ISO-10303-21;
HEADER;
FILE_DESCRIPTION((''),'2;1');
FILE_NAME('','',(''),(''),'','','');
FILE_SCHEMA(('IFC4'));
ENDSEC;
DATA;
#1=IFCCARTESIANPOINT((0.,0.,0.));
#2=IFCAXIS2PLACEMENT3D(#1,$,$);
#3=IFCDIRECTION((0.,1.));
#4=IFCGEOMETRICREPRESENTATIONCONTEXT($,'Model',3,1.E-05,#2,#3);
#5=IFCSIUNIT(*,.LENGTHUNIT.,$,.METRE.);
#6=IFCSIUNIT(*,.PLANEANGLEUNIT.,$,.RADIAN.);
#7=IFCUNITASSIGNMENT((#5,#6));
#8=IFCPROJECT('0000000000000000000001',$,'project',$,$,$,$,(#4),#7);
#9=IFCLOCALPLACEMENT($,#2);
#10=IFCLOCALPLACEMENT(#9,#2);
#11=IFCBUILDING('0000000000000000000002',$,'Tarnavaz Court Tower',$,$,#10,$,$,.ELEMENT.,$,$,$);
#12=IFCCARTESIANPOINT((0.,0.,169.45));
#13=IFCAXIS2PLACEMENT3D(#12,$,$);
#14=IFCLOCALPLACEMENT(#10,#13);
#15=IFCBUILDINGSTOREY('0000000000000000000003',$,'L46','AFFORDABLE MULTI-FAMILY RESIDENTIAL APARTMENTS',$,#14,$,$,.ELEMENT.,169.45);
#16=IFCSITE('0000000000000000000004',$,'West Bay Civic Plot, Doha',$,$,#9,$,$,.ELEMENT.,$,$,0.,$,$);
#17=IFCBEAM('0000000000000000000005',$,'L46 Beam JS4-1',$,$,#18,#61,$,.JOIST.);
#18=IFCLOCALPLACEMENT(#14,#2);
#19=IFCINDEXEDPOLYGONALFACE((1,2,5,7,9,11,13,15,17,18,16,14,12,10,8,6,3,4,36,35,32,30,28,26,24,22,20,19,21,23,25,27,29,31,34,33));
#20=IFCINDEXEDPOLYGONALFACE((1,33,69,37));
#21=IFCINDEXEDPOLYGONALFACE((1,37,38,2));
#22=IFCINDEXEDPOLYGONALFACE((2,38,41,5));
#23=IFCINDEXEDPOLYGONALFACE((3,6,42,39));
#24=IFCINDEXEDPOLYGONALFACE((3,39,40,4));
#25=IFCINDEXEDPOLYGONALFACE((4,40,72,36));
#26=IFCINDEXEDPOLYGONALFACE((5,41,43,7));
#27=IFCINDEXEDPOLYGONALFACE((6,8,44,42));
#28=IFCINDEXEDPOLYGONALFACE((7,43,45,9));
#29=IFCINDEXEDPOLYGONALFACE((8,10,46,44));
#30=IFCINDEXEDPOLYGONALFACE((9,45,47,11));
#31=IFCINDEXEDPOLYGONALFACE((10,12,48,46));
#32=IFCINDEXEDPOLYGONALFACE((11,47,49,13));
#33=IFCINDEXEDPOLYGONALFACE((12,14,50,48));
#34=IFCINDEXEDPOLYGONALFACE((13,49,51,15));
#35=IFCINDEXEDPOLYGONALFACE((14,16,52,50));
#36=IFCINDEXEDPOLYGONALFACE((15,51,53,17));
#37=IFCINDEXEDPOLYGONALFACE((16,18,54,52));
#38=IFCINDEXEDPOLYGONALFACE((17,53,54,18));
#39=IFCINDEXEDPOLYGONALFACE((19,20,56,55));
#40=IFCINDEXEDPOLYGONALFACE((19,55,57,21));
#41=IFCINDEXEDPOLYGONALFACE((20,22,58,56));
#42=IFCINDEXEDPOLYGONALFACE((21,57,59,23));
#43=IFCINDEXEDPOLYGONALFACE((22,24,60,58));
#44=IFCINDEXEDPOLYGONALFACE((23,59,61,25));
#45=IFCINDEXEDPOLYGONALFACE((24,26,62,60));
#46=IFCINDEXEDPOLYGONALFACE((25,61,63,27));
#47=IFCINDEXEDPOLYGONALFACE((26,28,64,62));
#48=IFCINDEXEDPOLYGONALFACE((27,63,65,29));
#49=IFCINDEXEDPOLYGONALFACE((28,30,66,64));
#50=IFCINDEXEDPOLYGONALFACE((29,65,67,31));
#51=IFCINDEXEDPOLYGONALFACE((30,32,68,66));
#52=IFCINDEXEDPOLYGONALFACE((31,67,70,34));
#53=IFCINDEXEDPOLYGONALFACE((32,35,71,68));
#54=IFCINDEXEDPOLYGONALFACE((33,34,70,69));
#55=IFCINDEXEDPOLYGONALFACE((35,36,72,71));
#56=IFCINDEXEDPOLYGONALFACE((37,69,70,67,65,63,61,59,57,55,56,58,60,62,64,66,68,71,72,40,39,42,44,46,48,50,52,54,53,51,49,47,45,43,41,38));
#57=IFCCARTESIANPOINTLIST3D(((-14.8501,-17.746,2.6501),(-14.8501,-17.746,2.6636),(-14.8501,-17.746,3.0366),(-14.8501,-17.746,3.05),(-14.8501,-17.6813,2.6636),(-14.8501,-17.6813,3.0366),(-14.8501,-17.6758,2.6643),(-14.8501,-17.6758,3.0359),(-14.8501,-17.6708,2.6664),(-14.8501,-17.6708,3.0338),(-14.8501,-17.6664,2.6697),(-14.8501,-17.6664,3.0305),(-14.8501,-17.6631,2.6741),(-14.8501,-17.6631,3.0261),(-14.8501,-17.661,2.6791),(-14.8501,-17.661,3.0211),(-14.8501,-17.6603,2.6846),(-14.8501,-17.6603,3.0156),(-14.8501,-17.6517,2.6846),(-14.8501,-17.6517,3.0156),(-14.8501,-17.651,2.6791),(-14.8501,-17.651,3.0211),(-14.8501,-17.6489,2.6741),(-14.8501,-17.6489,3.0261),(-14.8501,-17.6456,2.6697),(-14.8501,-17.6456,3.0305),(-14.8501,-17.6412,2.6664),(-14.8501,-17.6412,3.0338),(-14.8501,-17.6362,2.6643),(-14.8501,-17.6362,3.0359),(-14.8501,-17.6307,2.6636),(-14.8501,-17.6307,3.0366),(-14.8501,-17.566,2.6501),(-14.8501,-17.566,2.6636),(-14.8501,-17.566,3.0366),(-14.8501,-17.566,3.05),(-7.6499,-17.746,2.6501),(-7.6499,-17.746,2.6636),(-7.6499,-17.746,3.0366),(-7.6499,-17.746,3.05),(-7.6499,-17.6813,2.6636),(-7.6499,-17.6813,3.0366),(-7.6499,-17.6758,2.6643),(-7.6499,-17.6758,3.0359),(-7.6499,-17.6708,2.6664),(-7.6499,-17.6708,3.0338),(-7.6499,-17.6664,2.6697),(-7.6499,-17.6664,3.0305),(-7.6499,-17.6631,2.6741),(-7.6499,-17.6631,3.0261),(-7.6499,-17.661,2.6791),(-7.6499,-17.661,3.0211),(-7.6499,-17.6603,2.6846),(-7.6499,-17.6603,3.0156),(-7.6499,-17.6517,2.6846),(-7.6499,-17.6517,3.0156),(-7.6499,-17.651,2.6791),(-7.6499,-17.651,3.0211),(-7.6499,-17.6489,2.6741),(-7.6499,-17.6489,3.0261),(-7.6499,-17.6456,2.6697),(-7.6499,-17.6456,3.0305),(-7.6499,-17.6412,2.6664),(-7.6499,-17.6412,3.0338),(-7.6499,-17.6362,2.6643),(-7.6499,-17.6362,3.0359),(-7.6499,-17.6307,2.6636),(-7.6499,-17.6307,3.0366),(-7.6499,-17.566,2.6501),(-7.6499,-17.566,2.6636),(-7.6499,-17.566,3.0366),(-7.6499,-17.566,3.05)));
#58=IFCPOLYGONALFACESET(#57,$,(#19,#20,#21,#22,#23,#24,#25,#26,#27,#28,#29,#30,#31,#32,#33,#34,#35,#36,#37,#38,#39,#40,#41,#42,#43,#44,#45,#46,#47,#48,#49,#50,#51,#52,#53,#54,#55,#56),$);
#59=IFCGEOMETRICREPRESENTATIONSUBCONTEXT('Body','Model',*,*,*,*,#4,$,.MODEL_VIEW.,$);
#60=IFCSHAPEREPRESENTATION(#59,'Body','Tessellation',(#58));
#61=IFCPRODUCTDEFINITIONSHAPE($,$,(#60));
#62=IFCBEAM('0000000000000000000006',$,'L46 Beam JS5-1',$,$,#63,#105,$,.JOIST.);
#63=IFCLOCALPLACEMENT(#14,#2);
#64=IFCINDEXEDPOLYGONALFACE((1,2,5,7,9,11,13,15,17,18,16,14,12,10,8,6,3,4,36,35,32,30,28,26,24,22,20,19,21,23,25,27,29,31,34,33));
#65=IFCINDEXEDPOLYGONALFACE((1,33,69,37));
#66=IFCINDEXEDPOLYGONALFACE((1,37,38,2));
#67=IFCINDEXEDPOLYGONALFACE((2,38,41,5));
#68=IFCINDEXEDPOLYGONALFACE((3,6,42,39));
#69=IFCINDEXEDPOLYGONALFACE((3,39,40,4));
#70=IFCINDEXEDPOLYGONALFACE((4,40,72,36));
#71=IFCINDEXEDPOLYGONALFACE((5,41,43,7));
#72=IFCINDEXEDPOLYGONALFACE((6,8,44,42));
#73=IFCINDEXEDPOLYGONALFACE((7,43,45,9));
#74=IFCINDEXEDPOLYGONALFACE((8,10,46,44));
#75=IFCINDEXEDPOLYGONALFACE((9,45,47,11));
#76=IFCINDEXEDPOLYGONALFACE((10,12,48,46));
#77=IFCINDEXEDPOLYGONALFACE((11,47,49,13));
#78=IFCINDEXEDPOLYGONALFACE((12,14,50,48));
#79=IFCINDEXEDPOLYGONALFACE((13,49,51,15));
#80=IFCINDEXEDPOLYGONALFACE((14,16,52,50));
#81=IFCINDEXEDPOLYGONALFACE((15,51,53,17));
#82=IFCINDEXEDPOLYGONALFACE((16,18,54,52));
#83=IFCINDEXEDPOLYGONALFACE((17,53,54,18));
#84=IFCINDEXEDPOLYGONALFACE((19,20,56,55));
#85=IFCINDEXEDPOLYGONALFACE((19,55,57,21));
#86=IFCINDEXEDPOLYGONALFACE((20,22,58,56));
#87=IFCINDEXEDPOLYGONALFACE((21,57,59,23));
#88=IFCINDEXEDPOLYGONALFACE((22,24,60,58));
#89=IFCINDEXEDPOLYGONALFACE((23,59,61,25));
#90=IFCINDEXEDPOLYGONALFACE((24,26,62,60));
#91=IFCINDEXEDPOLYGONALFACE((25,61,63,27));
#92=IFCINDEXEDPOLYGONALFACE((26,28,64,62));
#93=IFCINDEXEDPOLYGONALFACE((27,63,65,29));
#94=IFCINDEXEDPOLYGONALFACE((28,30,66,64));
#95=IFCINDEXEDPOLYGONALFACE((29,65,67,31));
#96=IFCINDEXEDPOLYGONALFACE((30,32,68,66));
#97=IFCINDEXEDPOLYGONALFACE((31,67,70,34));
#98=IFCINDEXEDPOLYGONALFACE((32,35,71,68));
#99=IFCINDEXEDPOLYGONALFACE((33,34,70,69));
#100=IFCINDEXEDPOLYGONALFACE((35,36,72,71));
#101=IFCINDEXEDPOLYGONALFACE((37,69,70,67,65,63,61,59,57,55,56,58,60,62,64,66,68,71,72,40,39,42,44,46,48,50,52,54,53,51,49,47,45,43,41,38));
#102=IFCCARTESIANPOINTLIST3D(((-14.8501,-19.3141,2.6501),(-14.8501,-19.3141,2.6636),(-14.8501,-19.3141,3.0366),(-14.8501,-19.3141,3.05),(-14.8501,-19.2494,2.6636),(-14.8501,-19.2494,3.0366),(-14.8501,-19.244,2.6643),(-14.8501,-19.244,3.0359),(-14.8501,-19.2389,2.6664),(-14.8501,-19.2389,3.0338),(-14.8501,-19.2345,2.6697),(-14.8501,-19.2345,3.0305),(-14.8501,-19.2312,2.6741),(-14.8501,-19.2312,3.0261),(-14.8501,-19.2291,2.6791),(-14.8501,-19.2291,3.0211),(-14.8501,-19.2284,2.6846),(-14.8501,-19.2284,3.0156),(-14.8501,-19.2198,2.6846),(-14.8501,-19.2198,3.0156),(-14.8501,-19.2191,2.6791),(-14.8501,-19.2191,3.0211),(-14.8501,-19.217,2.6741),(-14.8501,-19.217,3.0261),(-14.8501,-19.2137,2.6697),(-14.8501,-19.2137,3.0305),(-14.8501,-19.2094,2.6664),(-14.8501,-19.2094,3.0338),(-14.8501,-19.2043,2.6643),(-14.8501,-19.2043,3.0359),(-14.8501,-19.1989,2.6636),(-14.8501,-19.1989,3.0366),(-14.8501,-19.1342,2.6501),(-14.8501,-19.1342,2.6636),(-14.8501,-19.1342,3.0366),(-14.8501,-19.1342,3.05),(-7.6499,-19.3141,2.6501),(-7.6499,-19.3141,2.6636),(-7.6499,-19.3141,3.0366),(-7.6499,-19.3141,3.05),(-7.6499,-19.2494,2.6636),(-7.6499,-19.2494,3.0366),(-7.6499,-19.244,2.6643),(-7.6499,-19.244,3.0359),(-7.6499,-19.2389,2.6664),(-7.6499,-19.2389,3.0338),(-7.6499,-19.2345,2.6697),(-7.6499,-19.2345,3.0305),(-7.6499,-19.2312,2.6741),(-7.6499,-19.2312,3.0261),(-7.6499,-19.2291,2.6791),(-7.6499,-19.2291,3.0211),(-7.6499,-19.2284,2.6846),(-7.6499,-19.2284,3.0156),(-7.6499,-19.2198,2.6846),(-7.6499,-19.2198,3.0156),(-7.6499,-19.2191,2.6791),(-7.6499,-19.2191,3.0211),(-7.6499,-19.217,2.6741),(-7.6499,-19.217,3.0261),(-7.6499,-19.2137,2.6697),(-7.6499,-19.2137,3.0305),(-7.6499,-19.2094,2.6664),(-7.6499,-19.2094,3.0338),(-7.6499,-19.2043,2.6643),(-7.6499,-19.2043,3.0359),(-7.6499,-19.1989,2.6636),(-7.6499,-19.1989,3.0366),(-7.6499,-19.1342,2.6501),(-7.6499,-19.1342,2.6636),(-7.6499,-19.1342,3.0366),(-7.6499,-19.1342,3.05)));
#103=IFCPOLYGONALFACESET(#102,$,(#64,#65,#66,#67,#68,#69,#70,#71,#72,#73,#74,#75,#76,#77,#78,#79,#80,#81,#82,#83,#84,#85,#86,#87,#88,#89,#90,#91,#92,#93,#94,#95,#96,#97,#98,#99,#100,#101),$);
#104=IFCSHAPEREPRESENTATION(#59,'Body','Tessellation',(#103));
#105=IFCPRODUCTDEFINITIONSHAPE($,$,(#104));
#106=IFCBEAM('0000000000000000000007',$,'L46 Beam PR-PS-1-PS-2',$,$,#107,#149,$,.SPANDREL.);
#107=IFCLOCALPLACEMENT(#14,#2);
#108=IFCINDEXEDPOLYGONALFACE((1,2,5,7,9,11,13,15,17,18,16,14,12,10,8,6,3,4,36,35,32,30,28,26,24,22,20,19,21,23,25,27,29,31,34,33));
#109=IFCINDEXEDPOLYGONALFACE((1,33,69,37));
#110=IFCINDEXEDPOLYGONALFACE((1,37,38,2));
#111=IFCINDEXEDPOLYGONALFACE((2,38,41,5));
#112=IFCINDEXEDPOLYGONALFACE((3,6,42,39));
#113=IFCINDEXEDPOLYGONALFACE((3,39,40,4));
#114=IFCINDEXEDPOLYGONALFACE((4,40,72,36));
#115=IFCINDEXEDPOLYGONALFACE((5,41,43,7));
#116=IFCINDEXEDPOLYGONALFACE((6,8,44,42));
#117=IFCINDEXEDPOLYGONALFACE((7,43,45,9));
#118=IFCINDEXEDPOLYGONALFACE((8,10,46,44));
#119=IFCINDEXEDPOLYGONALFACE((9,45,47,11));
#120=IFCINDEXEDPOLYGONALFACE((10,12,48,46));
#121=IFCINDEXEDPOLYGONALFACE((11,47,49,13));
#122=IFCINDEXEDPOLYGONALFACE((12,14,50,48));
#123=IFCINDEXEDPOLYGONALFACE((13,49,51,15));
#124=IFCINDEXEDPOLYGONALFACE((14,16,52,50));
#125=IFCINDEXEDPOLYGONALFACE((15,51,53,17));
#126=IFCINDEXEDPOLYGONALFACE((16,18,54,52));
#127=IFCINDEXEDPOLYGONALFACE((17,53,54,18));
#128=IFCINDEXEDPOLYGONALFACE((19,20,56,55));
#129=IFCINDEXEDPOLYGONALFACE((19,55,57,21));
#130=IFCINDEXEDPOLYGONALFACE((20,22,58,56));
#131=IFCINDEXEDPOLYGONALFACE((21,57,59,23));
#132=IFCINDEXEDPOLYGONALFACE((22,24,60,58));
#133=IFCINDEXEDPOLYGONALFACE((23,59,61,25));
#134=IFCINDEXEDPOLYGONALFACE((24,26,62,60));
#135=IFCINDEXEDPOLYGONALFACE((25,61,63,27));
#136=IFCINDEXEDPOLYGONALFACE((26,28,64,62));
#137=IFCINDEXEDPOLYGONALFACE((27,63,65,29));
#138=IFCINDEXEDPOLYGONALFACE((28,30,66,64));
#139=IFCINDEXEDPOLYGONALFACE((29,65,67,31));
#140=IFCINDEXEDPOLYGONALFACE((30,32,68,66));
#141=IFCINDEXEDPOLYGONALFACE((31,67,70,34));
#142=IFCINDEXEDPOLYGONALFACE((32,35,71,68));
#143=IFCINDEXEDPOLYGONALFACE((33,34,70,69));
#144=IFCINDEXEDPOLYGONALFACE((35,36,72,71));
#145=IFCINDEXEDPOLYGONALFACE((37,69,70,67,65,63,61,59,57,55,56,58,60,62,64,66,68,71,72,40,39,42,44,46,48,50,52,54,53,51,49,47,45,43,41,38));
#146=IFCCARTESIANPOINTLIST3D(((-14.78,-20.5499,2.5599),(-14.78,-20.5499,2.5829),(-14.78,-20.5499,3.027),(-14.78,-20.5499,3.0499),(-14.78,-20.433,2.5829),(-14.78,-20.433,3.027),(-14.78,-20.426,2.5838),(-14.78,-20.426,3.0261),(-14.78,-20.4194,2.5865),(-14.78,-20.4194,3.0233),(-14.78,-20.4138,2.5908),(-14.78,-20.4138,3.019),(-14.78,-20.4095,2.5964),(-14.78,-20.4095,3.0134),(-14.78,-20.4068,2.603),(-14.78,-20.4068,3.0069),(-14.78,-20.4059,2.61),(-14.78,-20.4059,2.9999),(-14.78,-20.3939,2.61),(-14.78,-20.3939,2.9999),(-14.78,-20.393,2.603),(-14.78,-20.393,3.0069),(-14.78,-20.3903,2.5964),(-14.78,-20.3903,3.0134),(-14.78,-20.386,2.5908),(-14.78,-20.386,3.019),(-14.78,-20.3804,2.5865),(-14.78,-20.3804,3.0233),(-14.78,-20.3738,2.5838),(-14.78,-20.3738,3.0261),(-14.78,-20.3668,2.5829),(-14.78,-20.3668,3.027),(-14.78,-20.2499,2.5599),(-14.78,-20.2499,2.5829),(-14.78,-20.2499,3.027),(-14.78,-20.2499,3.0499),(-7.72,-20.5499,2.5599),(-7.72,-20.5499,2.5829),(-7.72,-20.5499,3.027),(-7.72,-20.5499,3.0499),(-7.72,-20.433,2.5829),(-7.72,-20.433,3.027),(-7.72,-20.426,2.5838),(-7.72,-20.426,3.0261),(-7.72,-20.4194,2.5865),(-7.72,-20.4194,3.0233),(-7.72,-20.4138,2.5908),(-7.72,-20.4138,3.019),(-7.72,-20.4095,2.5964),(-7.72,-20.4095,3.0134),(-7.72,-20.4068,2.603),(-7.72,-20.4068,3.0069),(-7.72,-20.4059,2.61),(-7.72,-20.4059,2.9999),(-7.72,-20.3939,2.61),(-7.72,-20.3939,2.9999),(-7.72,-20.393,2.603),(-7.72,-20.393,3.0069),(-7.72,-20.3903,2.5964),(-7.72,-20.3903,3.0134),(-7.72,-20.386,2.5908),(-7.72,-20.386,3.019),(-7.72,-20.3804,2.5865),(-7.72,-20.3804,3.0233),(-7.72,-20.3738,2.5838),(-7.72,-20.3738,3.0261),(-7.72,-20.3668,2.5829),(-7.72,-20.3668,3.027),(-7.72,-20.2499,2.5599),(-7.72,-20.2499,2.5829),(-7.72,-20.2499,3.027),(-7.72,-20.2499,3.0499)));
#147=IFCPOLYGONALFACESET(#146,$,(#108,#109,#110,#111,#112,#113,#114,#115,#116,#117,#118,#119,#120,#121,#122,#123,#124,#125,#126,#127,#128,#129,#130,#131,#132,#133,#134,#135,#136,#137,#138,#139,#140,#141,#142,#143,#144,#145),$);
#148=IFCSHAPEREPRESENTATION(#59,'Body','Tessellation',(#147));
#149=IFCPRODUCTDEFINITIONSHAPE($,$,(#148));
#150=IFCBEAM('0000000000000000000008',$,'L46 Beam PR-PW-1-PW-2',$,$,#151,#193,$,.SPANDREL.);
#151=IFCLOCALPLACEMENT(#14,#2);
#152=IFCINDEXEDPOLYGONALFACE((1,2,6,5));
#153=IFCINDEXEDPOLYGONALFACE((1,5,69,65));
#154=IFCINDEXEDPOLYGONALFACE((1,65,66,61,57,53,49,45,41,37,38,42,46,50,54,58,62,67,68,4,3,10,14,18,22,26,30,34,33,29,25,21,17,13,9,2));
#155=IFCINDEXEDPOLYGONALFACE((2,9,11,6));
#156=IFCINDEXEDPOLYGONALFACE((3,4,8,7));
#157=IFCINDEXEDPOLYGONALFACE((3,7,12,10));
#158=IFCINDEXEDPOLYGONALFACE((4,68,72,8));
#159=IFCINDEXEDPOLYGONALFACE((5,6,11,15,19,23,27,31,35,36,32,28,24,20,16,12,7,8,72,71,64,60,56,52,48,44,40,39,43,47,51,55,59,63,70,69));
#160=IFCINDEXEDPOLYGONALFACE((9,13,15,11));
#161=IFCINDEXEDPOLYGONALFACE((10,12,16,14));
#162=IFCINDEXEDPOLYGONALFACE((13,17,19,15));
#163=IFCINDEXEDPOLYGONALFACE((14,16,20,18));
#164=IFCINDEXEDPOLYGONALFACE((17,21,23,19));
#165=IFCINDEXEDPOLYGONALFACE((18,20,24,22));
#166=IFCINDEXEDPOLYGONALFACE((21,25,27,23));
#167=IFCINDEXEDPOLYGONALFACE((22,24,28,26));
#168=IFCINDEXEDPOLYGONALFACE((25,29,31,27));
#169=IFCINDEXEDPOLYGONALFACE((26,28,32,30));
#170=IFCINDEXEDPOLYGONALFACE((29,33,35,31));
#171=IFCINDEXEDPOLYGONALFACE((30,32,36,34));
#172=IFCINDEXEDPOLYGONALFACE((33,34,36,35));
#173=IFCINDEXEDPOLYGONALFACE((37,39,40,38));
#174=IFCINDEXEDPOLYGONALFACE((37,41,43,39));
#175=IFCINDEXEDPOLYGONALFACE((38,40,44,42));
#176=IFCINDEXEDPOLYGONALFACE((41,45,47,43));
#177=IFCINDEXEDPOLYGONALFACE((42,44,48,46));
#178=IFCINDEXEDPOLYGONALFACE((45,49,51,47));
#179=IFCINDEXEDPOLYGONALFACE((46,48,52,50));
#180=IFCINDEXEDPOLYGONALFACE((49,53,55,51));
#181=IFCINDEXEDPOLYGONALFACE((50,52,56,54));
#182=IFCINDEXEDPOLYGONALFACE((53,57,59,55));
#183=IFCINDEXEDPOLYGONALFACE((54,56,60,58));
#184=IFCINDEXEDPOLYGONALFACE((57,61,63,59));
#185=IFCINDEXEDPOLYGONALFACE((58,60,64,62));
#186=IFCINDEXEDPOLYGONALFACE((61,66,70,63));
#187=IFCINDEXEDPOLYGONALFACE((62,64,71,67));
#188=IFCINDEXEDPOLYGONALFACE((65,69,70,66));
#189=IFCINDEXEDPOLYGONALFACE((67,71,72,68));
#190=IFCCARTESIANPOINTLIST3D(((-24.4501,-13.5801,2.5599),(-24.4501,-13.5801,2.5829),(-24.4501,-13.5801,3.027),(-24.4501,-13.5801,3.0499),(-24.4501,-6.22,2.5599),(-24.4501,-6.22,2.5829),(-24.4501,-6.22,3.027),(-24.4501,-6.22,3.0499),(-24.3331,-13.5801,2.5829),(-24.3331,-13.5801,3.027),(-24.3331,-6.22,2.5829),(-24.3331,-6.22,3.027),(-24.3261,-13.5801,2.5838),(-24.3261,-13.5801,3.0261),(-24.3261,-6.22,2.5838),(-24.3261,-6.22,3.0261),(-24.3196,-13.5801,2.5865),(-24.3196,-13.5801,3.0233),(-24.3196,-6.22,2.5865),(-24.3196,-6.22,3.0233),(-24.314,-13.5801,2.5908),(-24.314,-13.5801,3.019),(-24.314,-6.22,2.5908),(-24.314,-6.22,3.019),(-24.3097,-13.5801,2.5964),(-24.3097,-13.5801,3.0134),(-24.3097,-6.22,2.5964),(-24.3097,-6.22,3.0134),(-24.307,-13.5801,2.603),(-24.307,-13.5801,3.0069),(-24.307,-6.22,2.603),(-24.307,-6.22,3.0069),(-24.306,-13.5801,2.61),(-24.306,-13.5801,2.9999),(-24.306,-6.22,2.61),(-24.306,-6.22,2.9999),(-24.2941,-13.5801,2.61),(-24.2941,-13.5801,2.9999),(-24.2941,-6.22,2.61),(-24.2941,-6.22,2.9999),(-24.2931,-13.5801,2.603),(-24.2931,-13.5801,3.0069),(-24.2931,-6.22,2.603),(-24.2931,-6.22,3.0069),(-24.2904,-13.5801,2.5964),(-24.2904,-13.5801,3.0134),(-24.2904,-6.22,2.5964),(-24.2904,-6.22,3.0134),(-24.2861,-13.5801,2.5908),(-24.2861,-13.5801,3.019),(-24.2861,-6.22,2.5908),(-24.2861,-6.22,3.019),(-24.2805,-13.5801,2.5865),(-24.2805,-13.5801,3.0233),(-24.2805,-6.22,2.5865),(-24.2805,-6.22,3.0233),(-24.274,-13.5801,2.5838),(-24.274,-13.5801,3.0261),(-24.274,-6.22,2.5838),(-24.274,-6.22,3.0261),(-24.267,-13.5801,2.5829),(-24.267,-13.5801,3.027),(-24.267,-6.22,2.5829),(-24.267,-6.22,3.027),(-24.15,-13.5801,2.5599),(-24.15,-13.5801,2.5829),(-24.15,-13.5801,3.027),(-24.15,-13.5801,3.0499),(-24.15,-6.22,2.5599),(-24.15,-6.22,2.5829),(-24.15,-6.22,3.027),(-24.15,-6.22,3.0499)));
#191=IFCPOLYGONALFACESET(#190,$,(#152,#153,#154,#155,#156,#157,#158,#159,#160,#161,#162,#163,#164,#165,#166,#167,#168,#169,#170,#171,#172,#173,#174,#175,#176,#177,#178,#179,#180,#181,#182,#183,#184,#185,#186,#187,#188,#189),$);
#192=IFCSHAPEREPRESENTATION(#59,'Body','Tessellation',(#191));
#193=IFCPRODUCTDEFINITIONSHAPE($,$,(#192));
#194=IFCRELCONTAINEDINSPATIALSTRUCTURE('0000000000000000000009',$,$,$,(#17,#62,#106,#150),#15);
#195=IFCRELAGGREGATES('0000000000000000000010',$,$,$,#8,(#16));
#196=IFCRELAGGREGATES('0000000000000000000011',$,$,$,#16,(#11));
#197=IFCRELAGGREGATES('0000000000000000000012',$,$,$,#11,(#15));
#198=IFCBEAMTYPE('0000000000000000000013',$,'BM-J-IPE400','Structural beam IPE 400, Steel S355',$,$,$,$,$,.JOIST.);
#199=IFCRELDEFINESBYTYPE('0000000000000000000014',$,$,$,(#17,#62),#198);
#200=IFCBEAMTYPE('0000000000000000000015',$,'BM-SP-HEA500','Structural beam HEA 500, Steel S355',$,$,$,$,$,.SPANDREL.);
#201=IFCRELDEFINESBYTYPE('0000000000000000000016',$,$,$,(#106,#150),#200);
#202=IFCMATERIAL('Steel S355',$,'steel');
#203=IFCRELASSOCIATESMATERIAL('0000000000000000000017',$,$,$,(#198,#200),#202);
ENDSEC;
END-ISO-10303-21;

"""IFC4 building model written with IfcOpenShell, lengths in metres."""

from ifc_helpers import new_model, si_unit, direction, frame, origin, origin_2d, place, context, subcontext, project, spatial, i_section, extrude, material, material_profile, profile_set, type_object, element, save


model = new_model("IFC4")

# Units and contexts
model_context = context("Model", 3, precision=1e-05, world=origin(), true_north=direction((0.0, 1.0)))
body_context = subcontext(model_context, "Body", "Model", "MODEL_VIEW")
ifc_project = project(units=[si_unit("LENGTHUNIT", "METRE"), si_unit("PLANEANGLEUNIT", "RADIAN")], contexts=[model_context])

# Site, building, storey
site_placement = place(None, origin())
site = spatial("IfcSite", under=ifc_project, at=site_placement, Name="West Bay Civic Plot, Doha", CompositionType="ELEMENT", RefElevation=0.0)
building_placement = place(site_placement, origin())
building = spatial("IfcBuilding", under=site, at=building_placement, Name="Tarnavaz Court Tower", CompositionType="ELEMENT")
storey_placement = place(building_placement, frame((0.0, 0.0, 169.45)))
storey = spatial("IfcBuildingStorey", under=building, at=storey_placement, Name="L46", Description="AFFORDABLE MULTI-FAMILY RESIDENTIAL APARTMENTS", CompositionType="ELEMENT", Elevation=169.45)

# Beams
ifc_material_1 = material(Name="Steel S355", Category="steel")
ifc_material_profile_1 = material_profile(ifc_material_1, i_section(OverallWidth=0.1799, OverallDepth=0.3999, WebThickness=0.0085, FlangeThickness=0.0134, FilletRadius=0.021, at=origin_2d()), Name="IPE 400")
ifc_profile_set_1 = profile_set([ifc_material_profile_1], Name="Steel S355")
beam_type_1 = type_object("IfcBeamType", Name="BM-J-IPE400", Description="Structural beam IPE 400, Steel S355", PredefinedType="JOIST", material=ifc_profile_set_1)
for number, where, z_axis, x_axis, name in (
    (1, (-14.8501, -17.656, 2.8501), (1.0, 0.0, 0.0), (0.0, 1.0, 0.0), "L46 Beam JS4-1"),
    (2, (-14.8501, -19.2241, 2.8501), (1.0, 0.0, 0.0), (0.0, 1.0, 0.0), "L46 Beam JS5-1"),
):
    element("IfcBeam", number, at=place(storey_placement, frame(where, z_axis=z_axis, x_axis=x_axis)), inside=storey, type_object=beam_type_1, Name=name, PredefinedType="JOIST", context=body_context, shape_type="SweptSolid", body=[
        extrude(i_section(OverallWidth=0.1799, OverallDepth=0.3999, WebThickness=0.0085, FlangeThickness=0.0134, FilletRadius=0.021, at=origin_2d()), origin(), (0.0, 0.0, 1.0), 7.2002),
    ])
ifc_material_profile_2 = material_profile(ifc_material_1, i_section(OverallWidth=0.3, OverallDepth=0.49, WebThickness=0.012, FlangeThickness=0.0229, FilletRadius=0.0271, at=origin_2d()), Name="HEA 500")
ifc_profile_set_2 = profile_set([ifc_material_profile_2], Name="Steel S355")
beam_type_2 = type_object("IfcBeamType", Name="BM-SP-HEA500", Description="Structural beam HEA 500, Steel S355", PredefinedType="SPANDREL", material=ifc_profile_set_2)
beam_1_placement = place(storey_placement, frame((-14.78, -20.3999, 2.8049), z_axis=(1.0, 0.0, 0.0), x_axis=(0.0, 1.0, 0.0)))
element("IfcBeam", 3, at=beam_1_placement, inside=storey, type_object=beam_type_2, Name="L46 Beam PR-PS-1-PS-2", PredefinedType="SPANDREL", context=body_context, shape_type="SweptSolid", body=[
    extrude(i_section(OverallWidth=0.3, OverallDepth=0.49, WebThickness=0.012, FlangeThickness=0.0229, FilletRadius=0.0271, at=origin_2d()), origin(), (0.0, 0.0, 1.0), 7.0601),
])
beam_2_placement = place(storey_placement, frame((-24.3, -13.5801, 2.8049), z_axis=(0.0, 1.0, 0.0), x_axis=(-1.0, 0.0, 0.0)))
element("IfcBeam", 4, at=beam_2_placement, inside=storey, type_object=beam_type_2, Name="L46 Beam PR-PW-1-PW-2", PredefinedType="SPANDREL", context=body_context, shape_type="SweptSolid", body=[
    extrude(i_section(OverallWidth=0.3, OverallDepth=0.49, WebThickness=0.012, FlangeThickness=0.0229, FilletRadius=0.0271, at=origin_2d()), origin(), (0.0, 0.0, 1.0), 7.3601),
])

save(model, "model.ifc")
